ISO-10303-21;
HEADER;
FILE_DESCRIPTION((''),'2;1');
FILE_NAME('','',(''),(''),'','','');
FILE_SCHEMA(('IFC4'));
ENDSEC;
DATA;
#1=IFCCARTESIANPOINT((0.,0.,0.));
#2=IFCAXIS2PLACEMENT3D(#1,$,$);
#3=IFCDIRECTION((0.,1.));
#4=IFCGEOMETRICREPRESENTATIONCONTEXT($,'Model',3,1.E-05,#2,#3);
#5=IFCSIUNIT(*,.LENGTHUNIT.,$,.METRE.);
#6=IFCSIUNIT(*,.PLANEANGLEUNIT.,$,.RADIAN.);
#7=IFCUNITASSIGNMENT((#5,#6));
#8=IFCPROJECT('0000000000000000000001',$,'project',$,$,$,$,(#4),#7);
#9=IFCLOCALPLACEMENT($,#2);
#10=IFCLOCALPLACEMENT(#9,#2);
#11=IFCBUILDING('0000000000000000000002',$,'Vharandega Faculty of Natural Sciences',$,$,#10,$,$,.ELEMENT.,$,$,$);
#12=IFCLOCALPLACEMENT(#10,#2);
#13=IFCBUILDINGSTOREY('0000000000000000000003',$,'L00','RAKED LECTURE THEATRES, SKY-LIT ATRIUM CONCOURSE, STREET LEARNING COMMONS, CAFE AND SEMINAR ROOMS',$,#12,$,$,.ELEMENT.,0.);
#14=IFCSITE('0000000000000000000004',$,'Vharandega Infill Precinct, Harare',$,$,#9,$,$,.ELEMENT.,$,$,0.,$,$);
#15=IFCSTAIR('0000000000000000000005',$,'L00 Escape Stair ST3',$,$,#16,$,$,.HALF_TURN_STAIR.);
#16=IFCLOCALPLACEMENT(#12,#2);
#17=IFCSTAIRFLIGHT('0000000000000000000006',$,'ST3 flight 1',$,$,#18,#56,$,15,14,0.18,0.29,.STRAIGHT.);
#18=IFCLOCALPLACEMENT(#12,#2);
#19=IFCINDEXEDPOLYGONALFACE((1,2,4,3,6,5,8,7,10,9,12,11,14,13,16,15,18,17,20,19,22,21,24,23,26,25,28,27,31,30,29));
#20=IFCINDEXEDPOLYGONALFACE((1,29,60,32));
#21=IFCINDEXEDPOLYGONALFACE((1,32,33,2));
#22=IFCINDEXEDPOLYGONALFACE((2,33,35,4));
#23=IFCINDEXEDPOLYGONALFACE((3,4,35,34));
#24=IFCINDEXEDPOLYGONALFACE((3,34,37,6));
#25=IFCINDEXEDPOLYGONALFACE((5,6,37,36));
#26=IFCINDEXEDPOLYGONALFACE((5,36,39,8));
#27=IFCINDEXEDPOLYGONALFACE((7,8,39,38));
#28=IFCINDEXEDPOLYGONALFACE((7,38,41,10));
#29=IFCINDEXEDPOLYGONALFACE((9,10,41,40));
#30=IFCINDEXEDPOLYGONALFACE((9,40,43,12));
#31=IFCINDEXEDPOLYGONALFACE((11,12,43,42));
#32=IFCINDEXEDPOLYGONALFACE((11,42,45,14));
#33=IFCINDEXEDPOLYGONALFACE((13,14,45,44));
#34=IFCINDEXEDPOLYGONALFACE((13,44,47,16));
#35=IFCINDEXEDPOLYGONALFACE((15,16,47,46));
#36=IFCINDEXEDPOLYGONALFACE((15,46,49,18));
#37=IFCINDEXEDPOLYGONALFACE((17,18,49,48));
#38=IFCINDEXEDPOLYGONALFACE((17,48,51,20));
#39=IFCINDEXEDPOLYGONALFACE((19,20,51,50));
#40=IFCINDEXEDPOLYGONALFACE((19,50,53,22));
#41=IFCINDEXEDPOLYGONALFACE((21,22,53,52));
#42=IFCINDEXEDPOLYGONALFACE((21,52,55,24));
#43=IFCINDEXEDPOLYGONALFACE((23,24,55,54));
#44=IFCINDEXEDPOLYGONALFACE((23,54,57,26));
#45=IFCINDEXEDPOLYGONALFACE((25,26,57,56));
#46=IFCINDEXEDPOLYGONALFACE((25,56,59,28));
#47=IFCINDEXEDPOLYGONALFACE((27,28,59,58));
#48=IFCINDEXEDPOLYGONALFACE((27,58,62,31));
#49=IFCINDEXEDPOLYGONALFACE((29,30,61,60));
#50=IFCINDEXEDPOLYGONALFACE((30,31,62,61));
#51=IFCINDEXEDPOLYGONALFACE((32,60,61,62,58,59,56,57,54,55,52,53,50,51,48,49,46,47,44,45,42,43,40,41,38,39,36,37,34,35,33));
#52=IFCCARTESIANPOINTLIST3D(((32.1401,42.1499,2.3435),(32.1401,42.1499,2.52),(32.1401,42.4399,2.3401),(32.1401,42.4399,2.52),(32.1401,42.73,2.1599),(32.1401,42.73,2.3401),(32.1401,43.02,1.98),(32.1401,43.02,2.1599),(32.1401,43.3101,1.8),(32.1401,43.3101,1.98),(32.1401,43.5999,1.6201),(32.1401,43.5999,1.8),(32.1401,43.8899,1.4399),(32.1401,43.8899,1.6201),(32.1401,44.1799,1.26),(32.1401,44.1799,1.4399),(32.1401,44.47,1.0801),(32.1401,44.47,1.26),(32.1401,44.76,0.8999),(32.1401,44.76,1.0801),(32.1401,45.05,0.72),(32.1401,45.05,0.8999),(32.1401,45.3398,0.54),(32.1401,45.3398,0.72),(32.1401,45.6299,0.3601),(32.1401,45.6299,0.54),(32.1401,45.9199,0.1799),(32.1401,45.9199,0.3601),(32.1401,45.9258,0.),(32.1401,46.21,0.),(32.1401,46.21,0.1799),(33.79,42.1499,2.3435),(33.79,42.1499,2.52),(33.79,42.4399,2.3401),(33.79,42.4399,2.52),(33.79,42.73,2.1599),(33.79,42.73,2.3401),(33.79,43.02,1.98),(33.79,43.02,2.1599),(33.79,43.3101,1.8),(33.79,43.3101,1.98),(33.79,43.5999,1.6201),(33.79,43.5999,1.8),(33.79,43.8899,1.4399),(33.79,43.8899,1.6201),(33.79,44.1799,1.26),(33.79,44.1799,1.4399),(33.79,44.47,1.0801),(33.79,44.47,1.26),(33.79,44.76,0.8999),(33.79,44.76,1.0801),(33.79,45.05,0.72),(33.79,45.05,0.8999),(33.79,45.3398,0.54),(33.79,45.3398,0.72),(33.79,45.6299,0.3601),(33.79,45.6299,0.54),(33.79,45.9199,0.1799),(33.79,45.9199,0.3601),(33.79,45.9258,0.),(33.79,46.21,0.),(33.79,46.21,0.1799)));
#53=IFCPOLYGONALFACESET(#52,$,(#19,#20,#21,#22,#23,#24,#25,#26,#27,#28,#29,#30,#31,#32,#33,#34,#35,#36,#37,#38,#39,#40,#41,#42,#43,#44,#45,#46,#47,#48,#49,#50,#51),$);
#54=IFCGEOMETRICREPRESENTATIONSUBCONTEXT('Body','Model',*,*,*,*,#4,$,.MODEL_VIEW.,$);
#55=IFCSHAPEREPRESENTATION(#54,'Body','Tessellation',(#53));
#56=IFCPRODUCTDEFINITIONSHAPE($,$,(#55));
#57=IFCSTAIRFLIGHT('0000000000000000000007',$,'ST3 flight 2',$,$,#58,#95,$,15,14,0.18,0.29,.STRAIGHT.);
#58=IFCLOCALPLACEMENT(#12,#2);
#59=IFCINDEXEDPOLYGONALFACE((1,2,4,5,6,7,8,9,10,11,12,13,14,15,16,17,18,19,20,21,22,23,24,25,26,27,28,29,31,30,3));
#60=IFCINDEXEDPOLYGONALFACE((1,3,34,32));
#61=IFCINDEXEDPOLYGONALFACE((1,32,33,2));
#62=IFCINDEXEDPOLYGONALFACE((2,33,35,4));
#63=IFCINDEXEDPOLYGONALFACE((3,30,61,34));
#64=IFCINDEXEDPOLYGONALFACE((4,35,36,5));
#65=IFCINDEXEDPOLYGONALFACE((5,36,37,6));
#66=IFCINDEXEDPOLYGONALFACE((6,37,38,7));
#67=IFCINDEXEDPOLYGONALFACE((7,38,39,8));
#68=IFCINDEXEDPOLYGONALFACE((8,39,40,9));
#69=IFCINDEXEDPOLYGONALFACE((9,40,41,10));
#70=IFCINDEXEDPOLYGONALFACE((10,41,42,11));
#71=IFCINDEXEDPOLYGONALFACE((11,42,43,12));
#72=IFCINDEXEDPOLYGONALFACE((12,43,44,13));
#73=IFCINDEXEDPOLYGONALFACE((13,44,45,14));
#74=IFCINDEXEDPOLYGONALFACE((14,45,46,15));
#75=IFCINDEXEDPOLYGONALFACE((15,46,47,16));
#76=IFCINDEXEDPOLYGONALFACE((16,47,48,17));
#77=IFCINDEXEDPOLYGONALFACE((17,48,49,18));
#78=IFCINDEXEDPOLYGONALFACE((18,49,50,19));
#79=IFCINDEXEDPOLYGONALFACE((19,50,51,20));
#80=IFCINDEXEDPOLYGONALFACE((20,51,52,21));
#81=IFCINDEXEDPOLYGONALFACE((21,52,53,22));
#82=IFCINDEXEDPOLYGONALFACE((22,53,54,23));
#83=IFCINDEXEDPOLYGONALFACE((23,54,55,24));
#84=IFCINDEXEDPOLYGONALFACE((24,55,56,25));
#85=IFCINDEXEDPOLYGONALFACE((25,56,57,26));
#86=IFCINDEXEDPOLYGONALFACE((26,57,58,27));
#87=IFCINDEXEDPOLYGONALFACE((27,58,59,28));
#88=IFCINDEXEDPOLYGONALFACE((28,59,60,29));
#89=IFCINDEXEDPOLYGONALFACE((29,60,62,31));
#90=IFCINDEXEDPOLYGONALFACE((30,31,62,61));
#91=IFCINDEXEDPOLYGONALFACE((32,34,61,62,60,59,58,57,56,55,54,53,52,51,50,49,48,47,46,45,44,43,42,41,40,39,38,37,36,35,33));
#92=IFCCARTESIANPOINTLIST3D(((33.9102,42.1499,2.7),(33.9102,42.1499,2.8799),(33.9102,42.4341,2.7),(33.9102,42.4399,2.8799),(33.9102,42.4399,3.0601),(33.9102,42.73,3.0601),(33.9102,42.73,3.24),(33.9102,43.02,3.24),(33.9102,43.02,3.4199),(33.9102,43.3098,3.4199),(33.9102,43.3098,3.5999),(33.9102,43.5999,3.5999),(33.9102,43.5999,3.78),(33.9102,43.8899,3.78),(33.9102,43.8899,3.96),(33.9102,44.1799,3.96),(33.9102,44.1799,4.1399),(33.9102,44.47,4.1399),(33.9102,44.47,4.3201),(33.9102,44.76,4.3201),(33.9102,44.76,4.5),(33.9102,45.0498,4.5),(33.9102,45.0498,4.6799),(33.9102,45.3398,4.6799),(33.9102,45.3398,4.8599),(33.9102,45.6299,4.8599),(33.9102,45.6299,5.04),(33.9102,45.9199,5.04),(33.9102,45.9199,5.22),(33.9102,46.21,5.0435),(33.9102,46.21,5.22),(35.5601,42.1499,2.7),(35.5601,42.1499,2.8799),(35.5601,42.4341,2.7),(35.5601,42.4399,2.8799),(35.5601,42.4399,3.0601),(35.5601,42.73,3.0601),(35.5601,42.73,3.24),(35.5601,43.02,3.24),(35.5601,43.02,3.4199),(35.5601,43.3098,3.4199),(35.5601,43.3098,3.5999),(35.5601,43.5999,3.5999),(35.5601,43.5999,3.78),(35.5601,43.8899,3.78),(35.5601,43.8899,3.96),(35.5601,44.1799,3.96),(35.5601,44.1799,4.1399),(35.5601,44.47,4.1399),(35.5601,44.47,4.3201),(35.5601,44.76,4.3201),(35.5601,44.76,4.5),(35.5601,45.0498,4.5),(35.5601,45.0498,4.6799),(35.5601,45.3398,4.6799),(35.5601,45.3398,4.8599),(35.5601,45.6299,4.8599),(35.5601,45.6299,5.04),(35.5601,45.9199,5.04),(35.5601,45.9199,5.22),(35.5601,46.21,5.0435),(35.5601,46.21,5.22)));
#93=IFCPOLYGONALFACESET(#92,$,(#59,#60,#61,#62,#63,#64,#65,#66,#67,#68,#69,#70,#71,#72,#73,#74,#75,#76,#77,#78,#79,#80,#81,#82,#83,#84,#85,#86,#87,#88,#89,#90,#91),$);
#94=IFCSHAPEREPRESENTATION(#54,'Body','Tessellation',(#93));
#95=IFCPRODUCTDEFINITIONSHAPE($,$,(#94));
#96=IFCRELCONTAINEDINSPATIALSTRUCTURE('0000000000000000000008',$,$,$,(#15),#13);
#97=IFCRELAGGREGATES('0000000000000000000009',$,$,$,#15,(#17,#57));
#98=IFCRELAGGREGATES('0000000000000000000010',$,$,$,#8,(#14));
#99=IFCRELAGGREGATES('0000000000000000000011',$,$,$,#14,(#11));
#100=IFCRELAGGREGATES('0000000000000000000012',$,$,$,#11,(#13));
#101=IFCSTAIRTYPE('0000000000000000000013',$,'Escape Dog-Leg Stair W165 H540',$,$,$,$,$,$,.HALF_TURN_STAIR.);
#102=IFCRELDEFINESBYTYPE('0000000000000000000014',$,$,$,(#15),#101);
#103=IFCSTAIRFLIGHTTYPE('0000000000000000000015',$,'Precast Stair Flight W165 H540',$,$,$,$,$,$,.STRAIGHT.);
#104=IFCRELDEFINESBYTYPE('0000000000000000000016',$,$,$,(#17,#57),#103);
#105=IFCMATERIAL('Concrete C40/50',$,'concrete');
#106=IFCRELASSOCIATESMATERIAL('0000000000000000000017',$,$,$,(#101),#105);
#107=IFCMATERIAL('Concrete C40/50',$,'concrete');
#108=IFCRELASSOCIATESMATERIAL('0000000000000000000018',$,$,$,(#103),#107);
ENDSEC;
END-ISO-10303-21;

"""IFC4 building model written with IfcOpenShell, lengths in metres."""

from ifc_helpers import new_model, si_unit, direction, frame, origin, place, context, subcontext, project, spatial, polyline, outline, extrude, material, type_object, element, aggregate, save


model = new_model("IFC4")

# Units and contexts
model_context = context("Model", 3, precision=1e-05, world=origin(), true_north=direction((0.0, 1.0)))
body_context = subcontext(model_context, "Body", "Model", "MODEL_VIEW")
ifc_project = project(units=[si_unit("LENGTHUNIT", "METRE"), si_unit("PLANEANGLEUNIT", "RADIAN")], contexts=[model_context])

# Site, building, storey
site_placement = place(None, origin())
site = spatial("IfcSite", under=ifc_project, at=site_placement, Name="Vharandega Infill Precinct, Harare", CompositionType="ELEMENT", RefElevation=0.0)
building_placement = place(site_placement, origin())
building = spatial("IfcBuilding", under=site, at=building_placement, Name="Vharandega Faculty of Natural Sciences", CompositionType="ELEMENT")
storey_placement = place(building_placement, origin())
storey = spatial("IfcBuildingStorey", under=building, at=storey_placement, Name="L00", Description="RAKED LECTURE THEATRES, SKY-LIT ATRIUM CONCOURSE, STREET LEARNING COMMONS, CAFE AND SEMINAR ROOMS", CompositionType="ELEMENT", Elevation=0.0)

# Stair, stair flights
ifc_material_1 = material(Name="Concrete C40/50", Category="concrete")
stair_type = type_object("IfcStairType", Name="Escape Dog-Leg Stair W165 H540", PredefinedType="HALF_TURN_STAIR", material=ifc_material_1)
stair_placement = place(storey_placement, origin())
stair = element("IfcStair", 1, at=stair_placement, inside=storey, type_object=stair_type, Name="L00 Escape Stair ST3", PredefinedType="HALF_TURN_STAIR")
ifc_material_2 = material(Name="Concrete C40/50", Category="concrete")
stair_flight_type = type_object("IfcStairFlightType", Name="Precast Stair Flight W165 H540", PredefinedType="STRAIGHT", material=ifc_material_2)
stair_flight_1_placement = place(storey_placement, frame((32.9651, 46.21, 0.0), z_axis=(0.0, 0.0, 1.0), x_axis=(0.0, -1.0, 0.0)))
stair_flight_1 = element("IfcStairFlight", 2, at=stair_flight_1_placement, type_object=stair_flight_type, Name="ST3 flight 1", NumberOfRisers=15, NumberOfTreads=14, PredefinedType="STRAIGHT", RiserHeight=0.18, TreadLength=0.29, context=body_context, shape_type="SweptSolid", body=[
    extrude(outline(polyline([(0.0, 0.0), (0.0, 0.1799), (0.29, 0.1799), (0.29, 0.3601), (0.5801, 0.3601), (0.5801, 0.54), (0.8701, 0.54), (0.8701, 0.72), (1.1599, 0.72), (1.1599, 0.8999), (1.45, 0.8999), (1.45, 1.0801), (1.74, 1.0801), (1.74, 1.26), (2.03, 1.26), (2.03, 1.4399), (2.3201, 1.4399), (2.3201, 1.6201), (2.6101, 1.6201), (2.6101, 1.8), (2.8999, 1.8), (2.8999, 1.98), (3.1899, 1.98), (3.1899, 2.1599), (3.48, 2.1599), (3.48, 2.3401), (3.77, 2.3401), (3.77, 2.52), (4.0601, 2.52), (4.0601, 2.7), (4.0601, 2.3435), (0.2842, 0.0), (0.0, 0.0)])), frame((0.0, 0.825, 0.0), z_axis=(0.0, -1.0, 0.0), x_axis=(1.0, 0.0, 0.0)), (0.0, 0.0, 1.0), 1.6499),
])
stair_flight_2_placement = place(storey_placement, frame((34.7351, 42.1499, 2.7), z_axis=(0.0, 0.0, 1.0), x_axis=(0.0, 1.0, 0.0)))
stair_flight_2 = element("IfcStairFlight", 3, at=stair_flight_2_placement, type_object=stair_flight_type, Name="ST3 flight 2", NumberOfRisers=15, NumberOfTreads=14, PredefinedType="STRAIGHT", RiserHeight=0.18, TreadLength=0.29, context=body_context, shape_type="SweptSolid", body=[
    extrude(outline(polyline([(0.0, 0.0), (0.0, 0.1799), (0.29, 0.1799), (0.29, 0.3601), (0.5801, 0.3601), (0.5801, 0.54), (0.8701, 0.54), (0.8701, 0.72), (1.1599, 0.72), (1.1599, 0.8999), (1.45, 0.8999), (1.45, 1.0801), (1.74, 1.0801), (1.74, 1.26), (2.03, 1.26), (2.03, 1.4399), (2.3201, 1.4399), (2.3201, 1.6201), (2.6101, 1.6201), (2.6101, 1.8), (2.8999, 1.8), (2.8999, 1.98), (3.1899, 1.98), (3.1899, 2.1599), (3.48, 2.1599), (3.48, 2.3401), (3.77, 2.3401), (3.77, 2.52), (4.0601, 2.52), (4.0601, 2.7), (4.0601, 2.3435), (0.2842, 0.0), (0.0, 0.0)])), frame((0.0, 0.825, 0.0), z_axis=(0.0, -1.0, 0.0), x_axis=(1.0, 0.0, 0.0)), (0.0, 0.0, 1.0), 1.6499),
])
aggregate(stair, [stair_flight_1, stair_flight_2])

save(model, "model.ifc")
